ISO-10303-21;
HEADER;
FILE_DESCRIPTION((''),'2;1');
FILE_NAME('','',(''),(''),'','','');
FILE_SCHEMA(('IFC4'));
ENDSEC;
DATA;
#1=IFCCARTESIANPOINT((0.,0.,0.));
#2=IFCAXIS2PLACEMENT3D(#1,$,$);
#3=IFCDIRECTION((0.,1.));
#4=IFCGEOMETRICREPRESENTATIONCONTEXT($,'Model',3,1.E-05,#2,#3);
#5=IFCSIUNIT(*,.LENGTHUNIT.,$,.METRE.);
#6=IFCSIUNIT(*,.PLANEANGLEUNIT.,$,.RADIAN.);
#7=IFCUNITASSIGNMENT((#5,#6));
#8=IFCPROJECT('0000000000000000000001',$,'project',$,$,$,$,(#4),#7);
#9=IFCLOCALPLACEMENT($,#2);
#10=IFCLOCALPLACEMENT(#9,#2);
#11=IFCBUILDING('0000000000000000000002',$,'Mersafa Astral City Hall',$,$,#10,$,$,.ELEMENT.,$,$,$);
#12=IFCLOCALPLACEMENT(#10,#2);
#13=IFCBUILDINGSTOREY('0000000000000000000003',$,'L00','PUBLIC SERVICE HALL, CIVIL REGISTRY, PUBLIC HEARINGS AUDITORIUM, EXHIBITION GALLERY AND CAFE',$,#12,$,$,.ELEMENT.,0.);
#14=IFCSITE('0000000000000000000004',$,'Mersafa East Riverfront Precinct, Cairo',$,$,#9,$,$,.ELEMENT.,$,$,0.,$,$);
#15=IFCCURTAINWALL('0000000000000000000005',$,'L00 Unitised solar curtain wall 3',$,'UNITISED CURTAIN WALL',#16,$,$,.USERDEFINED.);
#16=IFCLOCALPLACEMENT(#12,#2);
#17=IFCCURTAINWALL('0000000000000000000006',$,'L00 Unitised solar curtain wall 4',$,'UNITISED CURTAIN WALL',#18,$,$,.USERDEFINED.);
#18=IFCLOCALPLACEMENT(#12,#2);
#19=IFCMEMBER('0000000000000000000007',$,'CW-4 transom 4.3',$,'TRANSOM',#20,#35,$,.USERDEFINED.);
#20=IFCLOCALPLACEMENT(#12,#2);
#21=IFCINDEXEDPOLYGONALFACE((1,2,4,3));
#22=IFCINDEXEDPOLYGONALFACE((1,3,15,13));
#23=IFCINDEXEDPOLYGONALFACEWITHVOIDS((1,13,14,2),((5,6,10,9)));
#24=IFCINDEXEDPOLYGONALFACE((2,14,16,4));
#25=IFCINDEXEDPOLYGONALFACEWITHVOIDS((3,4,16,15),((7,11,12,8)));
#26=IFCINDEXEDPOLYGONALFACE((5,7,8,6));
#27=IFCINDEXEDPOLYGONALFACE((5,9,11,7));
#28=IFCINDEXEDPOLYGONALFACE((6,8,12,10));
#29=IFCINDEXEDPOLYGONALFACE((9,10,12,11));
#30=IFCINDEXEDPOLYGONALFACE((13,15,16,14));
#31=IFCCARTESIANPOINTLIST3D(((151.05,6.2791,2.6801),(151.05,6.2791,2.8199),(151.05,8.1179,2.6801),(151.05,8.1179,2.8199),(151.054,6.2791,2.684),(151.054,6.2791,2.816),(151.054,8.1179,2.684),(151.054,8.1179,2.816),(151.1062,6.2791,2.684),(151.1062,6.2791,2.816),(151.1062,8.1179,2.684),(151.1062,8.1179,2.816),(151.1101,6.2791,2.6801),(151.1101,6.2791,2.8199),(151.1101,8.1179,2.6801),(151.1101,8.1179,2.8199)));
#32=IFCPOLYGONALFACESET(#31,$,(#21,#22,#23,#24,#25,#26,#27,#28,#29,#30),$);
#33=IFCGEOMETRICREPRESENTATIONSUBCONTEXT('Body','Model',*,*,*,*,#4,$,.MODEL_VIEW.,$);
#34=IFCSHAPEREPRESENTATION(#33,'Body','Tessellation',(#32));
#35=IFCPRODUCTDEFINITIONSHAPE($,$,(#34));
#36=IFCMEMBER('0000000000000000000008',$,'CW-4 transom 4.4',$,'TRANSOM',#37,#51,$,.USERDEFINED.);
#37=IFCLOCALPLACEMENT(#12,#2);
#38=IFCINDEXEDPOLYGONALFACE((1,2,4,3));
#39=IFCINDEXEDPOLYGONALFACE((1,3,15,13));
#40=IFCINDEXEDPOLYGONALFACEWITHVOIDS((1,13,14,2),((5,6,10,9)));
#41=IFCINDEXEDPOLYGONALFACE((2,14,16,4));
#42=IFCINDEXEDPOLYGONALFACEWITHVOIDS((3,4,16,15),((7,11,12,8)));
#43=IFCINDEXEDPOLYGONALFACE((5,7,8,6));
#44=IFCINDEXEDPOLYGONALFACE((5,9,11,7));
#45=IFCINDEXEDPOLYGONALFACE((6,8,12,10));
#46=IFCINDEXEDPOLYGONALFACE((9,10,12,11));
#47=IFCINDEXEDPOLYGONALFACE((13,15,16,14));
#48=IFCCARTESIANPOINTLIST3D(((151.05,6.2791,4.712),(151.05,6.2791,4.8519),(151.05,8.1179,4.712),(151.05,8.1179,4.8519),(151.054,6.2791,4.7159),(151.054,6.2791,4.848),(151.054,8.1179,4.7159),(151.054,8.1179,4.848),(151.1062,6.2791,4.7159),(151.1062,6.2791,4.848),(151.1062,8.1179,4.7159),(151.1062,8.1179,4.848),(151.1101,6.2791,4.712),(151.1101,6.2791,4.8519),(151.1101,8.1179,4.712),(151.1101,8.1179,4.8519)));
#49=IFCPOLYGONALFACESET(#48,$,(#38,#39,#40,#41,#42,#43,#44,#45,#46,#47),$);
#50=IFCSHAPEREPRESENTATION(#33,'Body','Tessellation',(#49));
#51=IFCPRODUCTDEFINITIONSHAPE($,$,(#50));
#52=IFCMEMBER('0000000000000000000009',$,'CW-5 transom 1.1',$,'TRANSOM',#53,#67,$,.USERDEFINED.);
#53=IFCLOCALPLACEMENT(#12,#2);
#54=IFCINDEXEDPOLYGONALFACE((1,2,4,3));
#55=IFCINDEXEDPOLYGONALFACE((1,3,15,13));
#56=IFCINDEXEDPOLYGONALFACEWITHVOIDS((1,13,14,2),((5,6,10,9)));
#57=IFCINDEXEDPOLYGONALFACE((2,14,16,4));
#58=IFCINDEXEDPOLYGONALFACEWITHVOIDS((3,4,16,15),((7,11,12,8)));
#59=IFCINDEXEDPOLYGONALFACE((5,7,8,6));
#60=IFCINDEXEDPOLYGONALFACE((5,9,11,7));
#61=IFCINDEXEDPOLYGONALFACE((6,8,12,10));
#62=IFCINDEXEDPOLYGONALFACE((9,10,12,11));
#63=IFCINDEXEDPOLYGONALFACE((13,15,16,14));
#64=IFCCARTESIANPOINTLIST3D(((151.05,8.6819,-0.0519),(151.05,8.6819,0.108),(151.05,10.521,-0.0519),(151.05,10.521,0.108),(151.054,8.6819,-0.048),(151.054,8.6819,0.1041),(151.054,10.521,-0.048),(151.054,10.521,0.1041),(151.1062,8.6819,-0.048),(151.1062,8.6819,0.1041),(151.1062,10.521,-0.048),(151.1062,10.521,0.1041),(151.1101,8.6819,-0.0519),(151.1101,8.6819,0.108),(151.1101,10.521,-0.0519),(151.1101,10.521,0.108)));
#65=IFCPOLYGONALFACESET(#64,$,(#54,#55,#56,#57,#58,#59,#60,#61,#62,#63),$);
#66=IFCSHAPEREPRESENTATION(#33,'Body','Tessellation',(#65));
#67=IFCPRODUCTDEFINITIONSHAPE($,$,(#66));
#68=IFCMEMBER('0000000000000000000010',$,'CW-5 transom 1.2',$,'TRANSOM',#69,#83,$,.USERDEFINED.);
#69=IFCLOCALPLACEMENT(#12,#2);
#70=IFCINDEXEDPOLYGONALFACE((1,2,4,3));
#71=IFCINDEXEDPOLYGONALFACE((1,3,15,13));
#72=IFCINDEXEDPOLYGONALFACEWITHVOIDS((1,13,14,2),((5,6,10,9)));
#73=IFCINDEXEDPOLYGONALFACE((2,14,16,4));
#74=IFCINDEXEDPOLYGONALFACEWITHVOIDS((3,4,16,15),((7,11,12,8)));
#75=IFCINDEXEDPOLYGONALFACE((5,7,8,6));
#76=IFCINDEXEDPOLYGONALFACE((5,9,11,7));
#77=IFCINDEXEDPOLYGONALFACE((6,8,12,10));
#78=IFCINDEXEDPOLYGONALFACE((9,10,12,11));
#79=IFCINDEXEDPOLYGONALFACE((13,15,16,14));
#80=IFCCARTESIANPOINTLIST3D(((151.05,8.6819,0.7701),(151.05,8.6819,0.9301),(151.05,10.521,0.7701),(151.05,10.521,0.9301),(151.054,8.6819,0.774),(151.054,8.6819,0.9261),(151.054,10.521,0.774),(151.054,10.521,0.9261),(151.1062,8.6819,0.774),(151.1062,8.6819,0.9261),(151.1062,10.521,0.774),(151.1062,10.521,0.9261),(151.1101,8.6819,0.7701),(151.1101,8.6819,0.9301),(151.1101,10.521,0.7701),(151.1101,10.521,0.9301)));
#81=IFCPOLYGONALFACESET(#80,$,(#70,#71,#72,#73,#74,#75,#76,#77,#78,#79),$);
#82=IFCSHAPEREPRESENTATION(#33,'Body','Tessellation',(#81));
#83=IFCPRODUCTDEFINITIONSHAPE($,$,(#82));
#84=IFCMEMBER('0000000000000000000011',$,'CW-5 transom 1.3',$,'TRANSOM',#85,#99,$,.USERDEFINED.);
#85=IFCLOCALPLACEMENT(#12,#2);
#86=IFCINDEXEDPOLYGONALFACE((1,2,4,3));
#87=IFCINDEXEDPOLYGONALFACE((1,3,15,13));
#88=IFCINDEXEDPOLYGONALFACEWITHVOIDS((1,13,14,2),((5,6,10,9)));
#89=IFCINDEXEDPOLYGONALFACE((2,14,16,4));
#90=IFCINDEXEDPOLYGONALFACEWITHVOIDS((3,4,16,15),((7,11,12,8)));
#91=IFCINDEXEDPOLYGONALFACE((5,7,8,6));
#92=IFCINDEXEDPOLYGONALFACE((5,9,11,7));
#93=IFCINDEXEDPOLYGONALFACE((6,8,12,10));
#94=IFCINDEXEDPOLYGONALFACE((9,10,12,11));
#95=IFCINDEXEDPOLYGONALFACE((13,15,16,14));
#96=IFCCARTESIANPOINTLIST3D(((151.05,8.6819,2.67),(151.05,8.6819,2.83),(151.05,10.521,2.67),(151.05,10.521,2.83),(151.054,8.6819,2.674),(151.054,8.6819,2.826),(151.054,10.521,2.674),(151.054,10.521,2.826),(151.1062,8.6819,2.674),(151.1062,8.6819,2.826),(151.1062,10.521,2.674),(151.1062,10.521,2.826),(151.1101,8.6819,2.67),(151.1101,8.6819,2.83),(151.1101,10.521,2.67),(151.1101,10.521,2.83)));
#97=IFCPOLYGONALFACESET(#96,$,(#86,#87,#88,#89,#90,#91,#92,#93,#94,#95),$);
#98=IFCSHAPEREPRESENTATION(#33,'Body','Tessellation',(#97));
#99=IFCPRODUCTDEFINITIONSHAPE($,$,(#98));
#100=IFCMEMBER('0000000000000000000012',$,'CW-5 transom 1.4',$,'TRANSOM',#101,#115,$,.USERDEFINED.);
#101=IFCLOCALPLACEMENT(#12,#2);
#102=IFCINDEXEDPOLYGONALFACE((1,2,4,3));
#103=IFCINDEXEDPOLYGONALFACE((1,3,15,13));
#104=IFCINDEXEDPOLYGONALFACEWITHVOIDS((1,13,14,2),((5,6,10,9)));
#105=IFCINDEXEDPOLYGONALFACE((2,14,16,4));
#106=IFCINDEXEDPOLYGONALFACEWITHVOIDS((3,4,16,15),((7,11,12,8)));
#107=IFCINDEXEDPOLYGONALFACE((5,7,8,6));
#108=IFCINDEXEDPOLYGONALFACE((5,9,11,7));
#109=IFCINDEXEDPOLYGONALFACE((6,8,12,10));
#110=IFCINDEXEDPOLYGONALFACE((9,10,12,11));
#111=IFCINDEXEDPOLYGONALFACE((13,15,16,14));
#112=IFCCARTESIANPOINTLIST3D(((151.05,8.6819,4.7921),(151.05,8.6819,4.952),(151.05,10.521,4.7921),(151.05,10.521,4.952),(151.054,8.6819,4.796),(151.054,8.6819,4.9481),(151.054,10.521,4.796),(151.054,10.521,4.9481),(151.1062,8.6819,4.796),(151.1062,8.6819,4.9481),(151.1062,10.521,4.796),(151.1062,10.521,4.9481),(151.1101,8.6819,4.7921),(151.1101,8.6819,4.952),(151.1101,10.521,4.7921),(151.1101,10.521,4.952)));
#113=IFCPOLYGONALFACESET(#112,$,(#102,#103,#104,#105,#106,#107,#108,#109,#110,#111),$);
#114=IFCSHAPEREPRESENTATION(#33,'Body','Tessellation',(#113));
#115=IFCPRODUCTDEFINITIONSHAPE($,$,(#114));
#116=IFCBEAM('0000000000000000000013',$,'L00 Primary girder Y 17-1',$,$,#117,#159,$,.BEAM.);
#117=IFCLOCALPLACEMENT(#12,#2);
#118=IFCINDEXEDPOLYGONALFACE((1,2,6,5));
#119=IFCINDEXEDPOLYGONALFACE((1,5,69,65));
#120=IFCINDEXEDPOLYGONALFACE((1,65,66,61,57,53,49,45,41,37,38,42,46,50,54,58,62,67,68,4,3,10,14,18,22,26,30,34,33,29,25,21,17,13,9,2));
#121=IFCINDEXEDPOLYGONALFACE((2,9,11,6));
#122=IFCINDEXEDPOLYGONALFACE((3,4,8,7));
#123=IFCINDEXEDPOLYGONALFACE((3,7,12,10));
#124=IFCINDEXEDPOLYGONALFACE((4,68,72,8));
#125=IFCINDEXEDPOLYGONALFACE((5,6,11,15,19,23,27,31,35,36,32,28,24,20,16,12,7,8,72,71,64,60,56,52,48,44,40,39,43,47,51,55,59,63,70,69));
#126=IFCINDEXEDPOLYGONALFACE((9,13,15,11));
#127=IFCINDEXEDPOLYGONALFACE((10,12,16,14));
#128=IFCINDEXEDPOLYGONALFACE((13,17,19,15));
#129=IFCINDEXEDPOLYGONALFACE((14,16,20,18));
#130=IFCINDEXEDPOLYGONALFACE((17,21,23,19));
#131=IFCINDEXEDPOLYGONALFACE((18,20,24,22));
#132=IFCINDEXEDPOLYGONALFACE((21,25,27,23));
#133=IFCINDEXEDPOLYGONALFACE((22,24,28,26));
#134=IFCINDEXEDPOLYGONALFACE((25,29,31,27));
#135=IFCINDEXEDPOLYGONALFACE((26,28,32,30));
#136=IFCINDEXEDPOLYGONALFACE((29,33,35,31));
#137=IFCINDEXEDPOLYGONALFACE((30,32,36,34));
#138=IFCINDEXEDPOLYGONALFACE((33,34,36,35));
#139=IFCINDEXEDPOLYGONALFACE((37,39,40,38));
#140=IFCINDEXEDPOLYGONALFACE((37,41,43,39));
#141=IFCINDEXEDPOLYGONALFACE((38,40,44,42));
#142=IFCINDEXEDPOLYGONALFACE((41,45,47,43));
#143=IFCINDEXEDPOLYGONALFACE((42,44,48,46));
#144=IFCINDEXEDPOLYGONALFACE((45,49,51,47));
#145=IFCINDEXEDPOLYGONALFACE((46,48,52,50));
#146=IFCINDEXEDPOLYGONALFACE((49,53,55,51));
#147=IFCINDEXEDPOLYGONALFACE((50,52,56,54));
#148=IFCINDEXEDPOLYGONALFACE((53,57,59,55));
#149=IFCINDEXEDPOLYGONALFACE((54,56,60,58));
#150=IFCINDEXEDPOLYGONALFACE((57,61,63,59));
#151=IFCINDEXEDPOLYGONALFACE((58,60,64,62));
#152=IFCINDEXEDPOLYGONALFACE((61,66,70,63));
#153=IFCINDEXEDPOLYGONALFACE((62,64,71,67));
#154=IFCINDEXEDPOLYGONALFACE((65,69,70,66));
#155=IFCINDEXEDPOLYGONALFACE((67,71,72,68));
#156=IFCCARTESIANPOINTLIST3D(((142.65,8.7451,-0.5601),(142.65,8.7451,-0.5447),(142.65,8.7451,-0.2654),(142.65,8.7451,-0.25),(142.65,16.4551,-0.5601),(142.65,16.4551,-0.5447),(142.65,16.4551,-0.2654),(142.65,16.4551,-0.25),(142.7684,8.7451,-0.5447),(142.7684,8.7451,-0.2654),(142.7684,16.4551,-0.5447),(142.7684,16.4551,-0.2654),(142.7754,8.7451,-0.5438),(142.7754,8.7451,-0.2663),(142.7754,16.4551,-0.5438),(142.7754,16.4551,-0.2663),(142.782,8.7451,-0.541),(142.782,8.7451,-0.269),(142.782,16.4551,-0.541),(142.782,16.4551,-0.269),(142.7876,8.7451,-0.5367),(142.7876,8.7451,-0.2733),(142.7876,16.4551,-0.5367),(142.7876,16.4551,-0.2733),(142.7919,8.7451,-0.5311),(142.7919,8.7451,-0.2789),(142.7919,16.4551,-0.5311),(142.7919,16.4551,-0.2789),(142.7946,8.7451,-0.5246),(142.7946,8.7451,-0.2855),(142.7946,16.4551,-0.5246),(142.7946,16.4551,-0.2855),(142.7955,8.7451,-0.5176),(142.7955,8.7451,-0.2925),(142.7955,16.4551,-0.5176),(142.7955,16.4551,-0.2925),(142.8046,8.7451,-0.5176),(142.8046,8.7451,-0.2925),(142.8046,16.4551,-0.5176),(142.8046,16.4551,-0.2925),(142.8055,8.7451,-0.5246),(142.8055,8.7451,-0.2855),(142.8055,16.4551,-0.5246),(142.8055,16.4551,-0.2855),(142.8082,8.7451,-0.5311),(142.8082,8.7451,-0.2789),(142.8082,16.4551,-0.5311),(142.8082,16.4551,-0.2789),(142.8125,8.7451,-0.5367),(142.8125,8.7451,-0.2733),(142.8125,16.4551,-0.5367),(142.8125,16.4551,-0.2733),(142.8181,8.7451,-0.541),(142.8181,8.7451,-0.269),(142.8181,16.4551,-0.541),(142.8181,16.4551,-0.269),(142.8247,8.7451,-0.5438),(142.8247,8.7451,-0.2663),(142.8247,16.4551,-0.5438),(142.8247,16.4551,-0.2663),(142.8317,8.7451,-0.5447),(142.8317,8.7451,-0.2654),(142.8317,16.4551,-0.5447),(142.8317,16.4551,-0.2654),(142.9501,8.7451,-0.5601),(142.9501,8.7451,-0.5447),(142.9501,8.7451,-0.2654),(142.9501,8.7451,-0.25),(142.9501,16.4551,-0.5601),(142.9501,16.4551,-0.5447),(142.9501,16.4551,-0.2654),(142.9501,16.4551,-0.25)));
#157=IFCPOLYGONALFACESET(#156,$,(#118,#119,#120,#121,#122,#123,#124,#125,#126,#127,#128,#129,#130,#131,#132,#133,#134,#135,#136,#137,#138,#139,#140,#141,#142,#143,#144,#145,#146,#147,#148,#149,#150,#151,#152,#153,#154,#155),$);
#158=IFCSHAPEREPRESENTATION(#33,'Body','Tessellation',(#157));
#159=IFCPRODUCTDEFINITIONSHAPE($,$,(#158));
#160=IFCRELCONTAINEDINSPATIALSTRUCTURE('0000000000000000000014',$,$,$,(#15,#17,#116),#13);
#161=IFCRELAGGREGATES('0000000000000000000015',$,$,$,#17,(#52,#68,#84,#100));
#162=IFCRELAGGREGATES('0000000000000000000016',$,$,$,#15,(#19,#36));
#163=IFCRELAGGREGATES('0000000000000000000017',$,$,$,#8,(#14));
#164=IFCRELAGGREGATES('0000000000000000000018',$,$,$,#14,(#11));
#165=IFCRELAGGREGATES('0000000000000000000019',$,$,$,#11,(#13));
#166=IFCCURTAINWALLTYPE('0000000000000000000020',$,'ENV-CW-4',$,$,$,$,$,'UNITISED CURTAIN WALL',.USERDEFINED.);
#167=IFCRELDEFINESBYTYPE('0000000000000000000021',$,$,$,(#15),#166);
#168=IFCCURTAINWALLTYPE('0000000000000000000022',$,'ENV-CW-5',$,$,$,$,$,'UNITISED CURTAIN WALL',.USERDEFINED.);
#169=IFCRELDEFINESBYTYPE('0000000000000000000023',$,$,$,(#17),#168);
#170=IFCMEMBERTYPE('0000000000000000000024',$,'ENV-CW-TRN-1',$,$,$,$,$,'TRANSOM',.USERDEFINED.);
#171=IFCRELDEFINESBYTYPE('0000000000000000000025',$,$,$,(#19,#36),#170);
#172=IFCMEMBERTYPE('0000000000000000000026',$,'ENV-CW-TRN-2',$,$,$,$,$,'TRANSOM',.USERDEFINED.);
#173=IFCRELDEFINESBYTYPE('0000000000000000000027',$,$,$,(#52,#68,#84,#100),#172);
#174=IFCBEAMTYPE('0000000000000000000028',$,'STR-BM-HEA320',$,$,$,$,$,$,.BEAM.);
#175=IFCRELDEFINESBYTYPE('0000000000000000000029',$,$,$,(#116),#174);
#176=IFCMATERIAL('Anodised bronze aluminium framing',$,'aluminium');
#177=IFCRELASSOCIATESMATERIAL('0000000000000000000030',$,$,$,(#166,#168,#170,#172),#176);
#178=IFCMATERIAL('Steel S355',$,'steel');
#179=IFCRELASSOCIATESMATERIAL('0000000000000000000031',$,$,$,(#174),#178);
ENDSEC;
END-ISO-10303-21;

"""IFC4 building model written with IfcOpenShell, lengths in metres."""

from ifc_helpers import new_model, si_unit, direction, frame, origin, origin_2d, place, context, subcontext, project, spatial, hollow_rectangle, i_section, extrude, material, material_profile, profile_set, type_object, element, aggregate, save


model = new_model("IFC4")

# Units and contexts
model_context = context("Model", 3, precision=1e-05, world=origin(), true_north=direction((0.0, 1.0)))
body_context = subcontext(model_context, "Body", "Model", "MODEL_VIEW")
ifc_project = project(units=[si_unit("LENGTHUNIT", "METRE"), si_unit("PLANEANGLEUNIT", "RADIAN")], contexts=[model_context])

# Site, building, storey
site_placement = place(None, origin())
site = spatial("IfcSite", under=ifc_project, at=site_placement, Name="Mersafa East Riverfront Precinct, Cairo", CompositionType="ELEMENT", RefElevation=0.0)
building_placement = place(site_placement, origin())
building = spatial("IfcBuilding", under=site, at=building_placement, Name="Mersafa Astral City Hall", CompositionType="ELEMENT")
storey_placement = place(building_placement, origin())
storey = spatial("IfcBuildingStorey", under=building, at=storey_placement, Name="L00", Description="PUBLIC SERVICE HALL, CIVIL REGISTRY, PUBLIC HEARINGS AUDITORIUM, EXHIBITION GALLERY AND CAFE", CompositionType="ELEMENT", Elevation=0.0)

# Shared definitions
ifc_material_1 = material(Name="Steel S355", Category="steel")

# Curtain wall
ifc_material_2 = material(Name="Anodised bronze aluminium framing", Category="aluminium")
curtain_wall_type_1 = type_object("IfcCurtainWallType", Name="ENV-CW-4", ElementType="UNITISED CURTAIN WALL", PredefinedType="USERDEFINED", material=ifc_material_2)
curtain_wall_1_placement = place(storey_placement, origin())
curtain_wall_1 = element("IfcCurtainWall", 1, at=curtain_wall_1_placement, inside=storey, type_object=curtain_wall_type_1, Name="L00 Unitised solar curtain wall 3", ObjectType="UNITISED CURTAIN WALL", PredefinedType="USERDEFINED")

# Curtain wall
curtain_wall_type_2 = type_object("IfcCurtainWallType", Name="ENV-CW-5", ElementType="UNITISED CURTAIN WALL", PredefinedType="USERDEFINED", material=ifc_material_2)
curtain_wall_2_placement = place(storey_placement, origin())
curtain_wall_2 = element("IfcCurtainWall", 2, at=curtain_wall_2_placement, inside=storey, type_object=curtain_wall_type_2, Name="L00 Unitised solar curtain wall 4", ObjectType="UNITISED CURTAIN WALL", PredefinedType="USERDEFINED")

# Members
ifc_material_profile_1 = material_profile(ifc_material_2, hollow_rectangle(XDim=0.0601, YDim=0.1399, WallThickness=0.0039, at=origin_2d()), Name="RHS 60x140x4")
ifc_profile_set_1 = profile_set([ifc_material_profile_1], Name="Anodised bronze aluminium framing")
member_type_1 = type_object("IfcMemberType", Name="ENV-CW-TRN-1", ElementType="TRANSOM", PredefinedType="USERDEFINED", material=ifc_profile_set_1)
member_1_placement = place(storey_placement, frame((151.0801, 6.2791, 2.75), z_axis=(0.0, 1.0, 0.0), x_axis=(-1.0, 0.0, 0.0)))
member_1 = element("IfcMember", 3, at=member_1_placement, type_object=member_type_1, Name="CW-4 transom 4.3", ObjectType="TRANSOM", PredefinedType="USERDEFINED", context=body_context, shape_type="SweptSolid", body=[
    extrude(hollow_rectangle(XDim=0.0601, YDim=0.1399, WallThickness=0.0039, at=origin_2d()), origin(), (0.0, 0.0, 1.0), 1.8389),
])
member_2_placement = place(storey_placement, frame((151.0801, 6.2791, 4.782), z_axis=(0.0, 1.0, 0.0), x_axis=(-1.0, 0.0, 0.0)))
member_2 = element("IfcMember", 4, at=member_2_placement, type_object=member_type_1, Name="CW-4 transom 4.4", ObjectType="TRANSOM", PredefinedType="USERDEFINED", context=body_context, shape_type="SweptSolid", body=[
    extrude(hollow_rectangle(XDim=0.0601, YDim=0.1399, WallThickness=0.0039, at=origin_2d()), origin(), (0.0, 0.0, 1.0), 1.8389),
])
ifc_material_profile_2 = material_profile(ifc_material_2, hollow_rectangle(XDim=0.0601, YDim=0.1599, WallThickness=0.0039, at=origin_2d()), Name="RHS 60x160x4")
ifc_profile_set_2 = profile_set([ifc_material_profile_2], Name="Anodised bronze aluminium framing")
member_type_2 = type_object("IfcMemberType", Name="ENV-CW-TRN-2", ElementType="TRANSOM", PredefinedType="USERDEFINED", material=ifc_profile_set_2)
member_3_placement = place(storey_placement, frame((151.0801, 8.6819, 0.0281), z_axis=(0.0, 1.0, 0.0), x_axis=(-1.0, 0.0, 0.0)))
member_3 = element("IfcMember", 5, at=member_3_placement, type_object=member_type_2, Name="CW-5 transom 1.1", ObjectType="TRANSOM", PredefinedType="USERDEFINED", context=body_context, shape_type="SweptSolid", body=[
    extrude(hollow_rectangle(XDim=0.0601, YDim=0.1599, WallThickness=0.0039, at=origin_2d()), origin(), (0.0, 0.0, 1.0), 1.8391),
])
member_4_placement = place(storey_placement, frame((151.0801, 8.6819, 0.8501), z_axis=(0.0, 1.0, 0.0), x_axis=(-1.0, 0.0, 0.0)))
member_4 = element("IfcMember", 6, at=member_4_placement, type_object=member_type_2, Name="CW-5 transom 1.2", ObjectType="TRANSOM", PredefinedType="USERDEFINED", context=body_context, shape_type="SweptSolid", body=[
    extrude(hollow_rectangle(XDim=0.0601, YDim=0.1599, WallThickness=0.0039, at=origin_2d()), origin(), (0.0, 0.0, 1.0), 1.8391),
])
member_5_placement = place(storey_placement, frame((151.0801, 8.6819, 2.75), z_axis=(0.0, 1.0, 0.0), x_axis=(-1.0, 0.0, 0.0)))
member_5 = element("IfcMember", 7, at=member_5_placement, type_object=member_type_2, Name="CW-5 transom 1.3", ObjectType="TRANSOM", PredefinedType="USERDEFINED", context=body_context, shape_type="SweptSolid", body=[
    extrude(hollow_rectangle(XDim=0.0601, YDim=0.1599, WallThickness=0.0039, at=origin_2d()), origin(), (0.0, 0.0, 1.0), 1.8391),
])
member_6_placement = place(storey_placement, frame((151.0801, 8.6819, 4.8721), z_axis=(0.0, 1.0, 0.0), x_axis=(-1.0, 0.0, 0.0)))
member_6 = element("IfcMember", 8, at=member_6_placement, type_object=member_type_2, Name="CW-5 transom 1.4", ObjectType="TRANSOM", PredefinedType="USERDEFINED", context=body_context, shape_type="SweptSolid", body=[
    extrude(hollow_rectangle(XDim=0.0601, YDim=0.1599, WallThickness=0.0039, at=origin_2d()), origin(), (0.0, 0.0, 1.0), 1.8391),
])
aggregate(curtain_wall_2, [member_3, member_4, member_5, member_6])

# Beam
ifc_material_profile_3 = material_profile(ifc_material_1, i_section(OverallWidth=0.3, OverallDepth=0.3101, WebThickness=0.009, FlangeThickness=0.0154, FilletRadius=0.0271, at=origin_2d()), Name="HEA 320")
ifc_profile_set_3 = profile_set([ifc_material_profile_3], Name="Steel S355")
beam_type_1 = type_object("IfcBeamType", Name="STR-BM-HEA320", PredefinedType="BEAM", material=ifc_profile_set_3)
beam_1_placement = place(storey_placement, frame((142.8, 8.7451, -0.405), z_axis=(0.0, 1.0, 0.0), x_axis=(-1.0, 0.0, 0.0)))
element("IfcBeam", 9, at=beam_1_placement, inside=storey, type_object=beam_type_1, Name="L00 Primary girder Y 17-1", PredefinedType="BEAM", context=body_context, shape_type="SweptSolid", body=[
    extrude(i_section(OverallWidth=0.3, OverallDepth=0.3101, WebThickness=0.009, FlangeThickness=0.0154, FilletRadius=0.0271, at=origin_2d()), origin(), (0.0, 0.0, 1.0), 7.71),
])

aggregate(curtain_wall_1, [member_1, member_2])

save(model, "model.ifc")
